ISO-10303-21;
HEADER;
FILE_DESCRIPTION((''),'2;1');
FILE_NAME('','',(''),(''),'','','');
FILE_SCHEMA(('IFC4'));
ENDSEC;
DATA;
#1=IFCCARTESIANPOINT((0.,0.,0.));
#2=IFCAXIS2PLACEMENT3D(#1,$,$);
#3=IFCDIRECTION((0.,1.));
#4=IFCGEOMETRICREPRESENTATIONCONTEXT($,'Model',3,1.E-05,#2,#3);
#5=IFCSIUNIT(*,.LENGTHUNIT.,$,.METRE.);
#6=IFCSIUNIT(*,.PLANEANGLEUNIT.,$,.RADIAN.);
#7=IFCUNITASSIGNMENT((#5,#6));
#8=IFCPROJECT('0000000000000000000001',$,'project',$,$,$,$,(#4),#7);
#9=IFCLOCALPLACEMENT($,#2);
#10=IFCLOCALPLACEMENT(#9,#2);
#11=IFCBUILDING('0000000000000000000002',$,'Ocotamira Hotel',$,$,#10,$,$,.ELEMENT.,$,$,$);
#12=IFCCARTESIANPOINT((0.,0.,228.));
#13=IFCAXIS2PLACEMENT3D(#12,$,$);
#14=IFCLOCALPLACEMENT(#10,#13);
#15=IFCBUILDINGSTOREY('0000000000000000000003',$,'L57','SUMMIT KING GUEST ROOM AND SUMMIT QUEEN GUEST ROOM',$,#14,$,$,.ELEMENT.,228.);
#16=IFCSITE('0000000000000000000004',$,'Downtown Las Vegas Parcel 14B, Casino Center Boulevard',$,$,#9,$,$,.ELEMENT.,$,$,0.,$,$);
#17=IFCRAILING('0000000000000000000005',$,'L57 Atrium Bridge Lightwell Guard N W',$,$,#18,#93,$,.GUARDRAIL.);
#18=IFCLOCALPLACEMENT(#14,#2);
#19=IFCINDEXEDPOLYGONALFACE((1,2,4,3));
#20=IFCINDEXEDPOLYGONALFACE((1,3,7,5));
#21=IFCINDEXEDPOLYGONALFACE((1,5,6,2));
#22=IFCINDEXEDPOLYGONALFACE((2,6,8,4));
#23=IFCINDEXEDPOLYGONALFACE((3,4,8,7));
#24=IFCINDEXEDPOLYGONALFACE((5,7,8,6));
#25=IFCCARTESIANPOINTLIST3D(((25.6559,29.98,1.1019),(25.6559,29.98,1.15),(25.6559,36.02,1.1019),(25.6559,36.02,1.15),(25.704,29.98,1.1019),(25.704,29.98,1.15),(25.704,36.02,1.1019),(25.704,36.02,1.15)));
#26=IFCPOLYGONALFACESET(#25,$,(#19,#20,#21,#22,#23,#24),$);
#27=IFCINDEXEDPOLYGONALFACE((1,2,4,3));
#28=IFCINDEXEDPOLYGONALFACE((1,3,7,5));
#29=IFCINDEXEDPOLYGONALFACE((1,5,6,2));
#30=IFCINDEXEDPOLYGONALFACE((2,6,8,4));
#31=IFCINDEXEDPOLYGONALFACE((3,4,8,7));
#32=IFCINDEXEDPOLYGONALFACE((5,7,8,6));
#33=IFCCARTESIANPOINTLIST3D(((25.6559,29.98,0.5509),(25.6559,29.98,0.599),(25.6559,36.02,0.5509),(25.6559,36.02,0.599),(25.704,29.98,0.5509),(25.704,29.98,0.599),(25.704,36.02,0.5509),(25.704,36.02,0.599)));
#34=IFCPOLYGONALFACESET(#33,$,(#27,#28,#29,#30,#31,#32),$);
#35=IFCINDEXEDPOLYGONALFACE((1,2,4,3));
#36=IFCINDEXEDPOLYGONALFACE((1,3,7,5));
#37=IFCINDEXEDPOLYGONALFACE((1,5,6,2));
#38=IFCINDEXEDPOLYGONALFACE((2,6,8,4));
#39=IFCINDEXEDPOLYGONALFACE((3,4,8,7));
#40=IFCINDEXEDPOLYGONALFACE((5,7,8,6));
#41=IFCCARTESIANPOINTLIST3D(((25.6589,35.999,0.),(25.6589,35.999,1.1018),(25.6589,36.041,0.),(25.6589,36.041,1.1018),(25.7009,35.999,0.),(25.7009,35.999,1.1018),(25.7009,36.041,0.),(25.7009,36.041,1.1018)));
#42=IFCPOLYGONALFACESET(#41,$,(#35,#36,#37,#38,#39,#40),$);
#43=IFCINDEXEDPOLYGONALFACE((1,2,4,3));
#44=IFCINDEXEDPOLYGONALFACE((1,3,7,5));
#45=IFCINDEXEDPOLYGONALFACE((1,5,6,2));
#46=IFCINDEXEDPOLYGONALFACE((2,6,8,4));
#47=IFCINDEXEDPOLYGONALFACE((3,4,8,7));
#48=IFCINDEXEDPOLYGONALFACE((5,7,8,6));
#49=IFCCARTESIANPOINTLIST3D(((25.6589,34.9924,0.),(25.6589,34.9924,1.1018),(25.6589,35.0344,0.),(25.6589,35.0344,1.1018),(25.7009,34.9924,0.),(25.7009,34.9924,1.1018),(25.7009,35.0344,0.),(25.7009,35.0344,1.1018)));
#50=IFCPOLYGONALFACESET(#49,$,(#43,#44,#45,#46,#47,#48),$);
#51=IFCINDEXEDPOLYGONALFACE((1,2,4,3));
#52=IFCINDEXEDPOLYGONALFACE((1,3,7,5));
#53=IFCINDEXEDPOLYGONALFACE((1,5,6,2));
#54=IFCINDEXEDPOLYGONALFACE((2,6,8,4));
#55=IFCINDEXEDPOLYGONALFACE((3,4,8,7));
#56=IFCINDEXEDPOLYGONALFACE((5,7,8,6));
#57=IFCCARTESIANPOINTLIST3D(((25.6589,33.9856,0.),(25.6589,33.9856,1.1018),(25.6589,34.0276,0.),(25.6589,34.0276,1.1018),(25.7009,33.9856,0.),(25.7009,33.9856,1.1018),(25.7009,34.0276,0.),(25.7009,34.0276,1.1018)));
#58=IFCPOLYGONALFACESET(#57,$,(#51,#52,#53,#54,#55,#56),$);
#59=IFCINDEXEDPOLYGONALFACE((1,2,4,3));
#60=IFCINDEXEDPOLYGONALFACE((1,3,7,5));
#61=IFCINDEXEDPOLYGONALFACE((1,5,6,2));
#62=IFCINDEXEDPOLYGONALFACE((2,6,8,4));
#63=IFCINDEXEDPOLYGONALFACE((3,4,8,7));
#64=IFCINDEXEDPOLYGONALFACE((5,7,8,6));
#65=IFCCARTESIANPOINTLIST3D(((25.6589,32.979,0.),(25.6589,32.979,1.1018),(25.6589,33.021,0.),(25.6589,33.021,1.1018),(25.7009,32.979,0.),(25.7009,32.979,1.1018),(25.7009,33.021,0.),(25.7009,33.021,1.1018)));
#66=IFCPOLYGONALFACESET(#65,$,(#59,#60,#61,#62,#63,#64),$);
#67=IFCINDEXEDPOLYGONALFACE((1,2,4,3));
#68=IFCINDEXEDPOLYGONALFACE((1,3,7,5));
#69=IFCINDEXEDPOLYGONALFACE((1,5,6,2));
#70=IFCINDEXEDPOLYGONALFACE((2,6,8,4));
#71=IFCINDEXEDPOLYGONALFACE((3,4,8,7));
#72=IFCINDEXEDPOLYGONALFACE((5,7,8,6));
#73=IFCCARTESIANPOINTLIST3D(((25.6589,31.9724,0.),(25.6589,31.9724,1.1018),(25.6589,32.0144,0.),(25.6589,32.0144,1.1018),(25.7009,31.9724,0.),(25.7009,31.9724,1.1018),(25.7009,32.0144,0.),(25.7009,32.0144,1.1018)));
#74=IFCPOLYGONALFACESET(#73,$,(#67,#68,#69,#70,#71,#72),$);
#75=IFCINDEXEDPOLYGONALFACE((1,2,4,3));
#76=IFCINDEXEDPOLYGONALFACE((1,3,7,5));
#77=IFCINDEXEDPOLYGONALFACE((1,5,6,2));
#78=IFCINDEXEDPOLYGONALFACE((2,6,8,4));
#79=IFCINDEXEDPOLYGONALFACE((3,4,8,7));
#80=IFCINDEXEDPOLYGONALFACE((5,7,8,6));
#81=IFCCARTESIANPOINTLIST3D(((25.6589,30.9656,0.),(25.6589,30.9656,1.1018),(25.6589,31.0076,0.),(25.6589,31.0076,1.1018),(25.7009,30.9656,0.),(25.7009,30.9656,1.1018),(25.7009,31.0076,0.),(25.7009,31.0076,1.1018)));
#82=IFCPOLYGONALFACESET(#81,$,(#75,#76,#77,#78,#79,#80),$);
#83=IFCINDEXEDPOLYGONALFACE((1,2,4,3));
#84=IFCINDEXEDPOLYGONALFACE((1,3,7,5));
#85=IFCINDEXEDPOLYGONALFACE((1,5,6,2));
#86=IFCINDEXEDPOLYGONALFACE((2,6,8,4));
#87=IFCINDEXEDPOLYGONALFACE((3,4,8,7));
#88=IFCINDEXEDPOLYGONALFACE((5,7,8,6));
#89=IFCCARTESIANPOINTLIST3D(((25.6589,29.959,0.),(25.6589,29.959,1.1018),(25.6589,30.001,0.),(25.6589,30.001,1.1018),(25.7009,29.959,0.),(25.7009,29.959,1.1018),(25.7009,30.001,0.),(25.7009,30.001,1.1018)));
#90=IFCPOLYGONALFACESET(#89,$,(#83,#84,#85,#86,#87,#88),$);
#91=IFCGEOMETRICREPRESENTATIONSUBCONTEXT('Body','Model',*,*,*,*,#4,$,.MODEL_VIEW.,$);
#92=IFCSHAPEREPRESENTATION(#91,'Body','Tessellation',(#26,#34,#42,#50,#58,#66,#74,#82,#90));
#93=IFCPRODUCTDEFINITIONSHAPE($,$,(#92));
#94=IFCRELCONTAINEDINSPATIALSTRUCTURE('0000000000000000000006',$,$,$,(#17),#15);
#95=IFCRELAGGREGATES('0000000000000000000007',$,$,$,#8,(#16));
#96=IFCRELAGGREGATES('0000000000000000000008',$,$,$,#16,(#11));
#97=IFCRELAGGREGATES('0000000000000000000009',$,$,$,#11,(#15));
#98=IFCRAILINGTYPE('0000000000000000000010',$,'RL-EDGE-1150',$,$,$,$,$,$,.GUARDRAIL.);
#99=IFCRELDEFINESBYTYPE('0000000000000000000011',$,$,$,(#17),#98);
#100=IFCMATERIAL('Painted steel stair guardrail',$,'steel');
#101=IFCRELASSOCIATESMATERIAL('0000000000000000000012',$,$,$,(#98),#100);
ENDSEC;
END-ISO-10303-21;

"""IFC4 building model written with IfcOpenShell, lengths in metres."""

from ifc_helpers import new_model, si_unit, direction, frame, origin, origin_2d, place, context, subcontext, project, spatial, rectangle, extrude, material, type_object, element, save


model = new_model("IFC4")

# Units and contexts
model_context = context("Model", 3, precision=1e-05, world=origin(), true_north=direction((0.0, 1.0)))
body_context = subcontext(model_context, "Body", "Model", "MODEL_VIEW")
ifc_project = project(units=[si_unit("LENGTHUNIT", "METRE"), si_unit("PLANEANGLEUNIT", "RADIAN")], contexts=[model_context])

# Site, building, storey
site_placement = place(None, origin())
site = spatial("IfcSite", under=ifc_project, at=site_placement, Name="Downtown Las Vegas Parcel 14B, Casino Center Boulevard", CompositionType="ELEMENT", RefElevation=0.0)
building_placement = place(site_placement, origin())
building = spatial("IfcBuilding", under=site, at=building_placement, Name="Ocotamira Hotel", CompositionType="ELEMENT")
storey_placement = place(building_placement, frame((0.0, 0.0, 228.0)))
storey = spatial("IfcBuildingStorey", under=building, at=storey_placement, Name="L57", Description="SUMMIT KING GUEST ROOM AND SUMMIT QUEEN GUEST ROOM", CompositionType="ELEMENT", Elevation=228.0)

# Railing
ifc_material_1 = material(Name="Painted steel stair guardrail", Category="steel")
railing_type = type_object("IfcRailingType", Name="RL-EDGE-1150", PredefinedType="GUARDRAIL", material=ifc_material_1)
railing_placement = place(storey_placement, frame((25.6799, 36.02, 0.0)))
element("IfcRailing", 1, at=railing_placement, inside=storey, type_object=railing_type, Name="L57 Atrium Bridge Lightwell Guard N W", PredefinedType="GUARDRAIL", context=body_context, shape_type="SweptSolid", body=[
    extrude(rectangle(XDim=0.0481, YDim=0.0481, at=origin_2d()), frame((0.0, 0.0, 1.126), z_axis=(0.0, -1.0, 0.0), x_axis=(1.0, 0.0, 0.0)), (0.0, 0.0, 1.0), 6.04),
    extrude(rectangle(XDim=0.0481, YDim=0.0481, at=origin_2d()), frame((0.0, 0.0, 0.575), z_axis=(0.0, -1.0, 0.0), x_axis=(1.0, 0.0, 0.0)), (0.0, 0.0, 1.0), 6.04),
    extrude(rectangle(XDim=0.042, YDim=0.042, at=origin_2d()), origin(), (0.0, 0.0, 1.0), 1.1018),
    extrude(rectangle(XDim=0.042, YDim=0.042, at=origin_2d()), frame((0.0, -1.0066, 0.0)), (0.0, 0.0, 1.0), 1.1018),
    extrude(rectangle(XDim=0.042, YDim=0.042, at=origin_2d()), frame((0.0, -2.0134, 0.0)), (0.0, 0.0, 1.0), 1.1018),
    extrude(rectangle(XDim=0.042, YDim=0.042, at=origin_2d()), frame((0.0, -3.02, 0.0)), (0.0, 0.0, 1.0), 1.1018),
    extrude(rectangle(XDim=0.042, YDim=0.042, at=origin_2d()), frame((0.0, -4.0266, 0.0)), (0.0, 0.0, 1.0), 1.1018),
    extrude(rectangle(XDim=0.042, YDim=0.042, at=origin_2d()), frame((0.0, -5.0334, 0.0)), (0.0, 0.0, 1.0), 1.1018),
    extrude(rectangle(XDim=0.042, YDim=0.042, at=origin_2d()), frame((0.0, -6.04, 0.0)), (0.0, 0.0, 1.0), 1.1018),
])

save(model, "model.ifc")
